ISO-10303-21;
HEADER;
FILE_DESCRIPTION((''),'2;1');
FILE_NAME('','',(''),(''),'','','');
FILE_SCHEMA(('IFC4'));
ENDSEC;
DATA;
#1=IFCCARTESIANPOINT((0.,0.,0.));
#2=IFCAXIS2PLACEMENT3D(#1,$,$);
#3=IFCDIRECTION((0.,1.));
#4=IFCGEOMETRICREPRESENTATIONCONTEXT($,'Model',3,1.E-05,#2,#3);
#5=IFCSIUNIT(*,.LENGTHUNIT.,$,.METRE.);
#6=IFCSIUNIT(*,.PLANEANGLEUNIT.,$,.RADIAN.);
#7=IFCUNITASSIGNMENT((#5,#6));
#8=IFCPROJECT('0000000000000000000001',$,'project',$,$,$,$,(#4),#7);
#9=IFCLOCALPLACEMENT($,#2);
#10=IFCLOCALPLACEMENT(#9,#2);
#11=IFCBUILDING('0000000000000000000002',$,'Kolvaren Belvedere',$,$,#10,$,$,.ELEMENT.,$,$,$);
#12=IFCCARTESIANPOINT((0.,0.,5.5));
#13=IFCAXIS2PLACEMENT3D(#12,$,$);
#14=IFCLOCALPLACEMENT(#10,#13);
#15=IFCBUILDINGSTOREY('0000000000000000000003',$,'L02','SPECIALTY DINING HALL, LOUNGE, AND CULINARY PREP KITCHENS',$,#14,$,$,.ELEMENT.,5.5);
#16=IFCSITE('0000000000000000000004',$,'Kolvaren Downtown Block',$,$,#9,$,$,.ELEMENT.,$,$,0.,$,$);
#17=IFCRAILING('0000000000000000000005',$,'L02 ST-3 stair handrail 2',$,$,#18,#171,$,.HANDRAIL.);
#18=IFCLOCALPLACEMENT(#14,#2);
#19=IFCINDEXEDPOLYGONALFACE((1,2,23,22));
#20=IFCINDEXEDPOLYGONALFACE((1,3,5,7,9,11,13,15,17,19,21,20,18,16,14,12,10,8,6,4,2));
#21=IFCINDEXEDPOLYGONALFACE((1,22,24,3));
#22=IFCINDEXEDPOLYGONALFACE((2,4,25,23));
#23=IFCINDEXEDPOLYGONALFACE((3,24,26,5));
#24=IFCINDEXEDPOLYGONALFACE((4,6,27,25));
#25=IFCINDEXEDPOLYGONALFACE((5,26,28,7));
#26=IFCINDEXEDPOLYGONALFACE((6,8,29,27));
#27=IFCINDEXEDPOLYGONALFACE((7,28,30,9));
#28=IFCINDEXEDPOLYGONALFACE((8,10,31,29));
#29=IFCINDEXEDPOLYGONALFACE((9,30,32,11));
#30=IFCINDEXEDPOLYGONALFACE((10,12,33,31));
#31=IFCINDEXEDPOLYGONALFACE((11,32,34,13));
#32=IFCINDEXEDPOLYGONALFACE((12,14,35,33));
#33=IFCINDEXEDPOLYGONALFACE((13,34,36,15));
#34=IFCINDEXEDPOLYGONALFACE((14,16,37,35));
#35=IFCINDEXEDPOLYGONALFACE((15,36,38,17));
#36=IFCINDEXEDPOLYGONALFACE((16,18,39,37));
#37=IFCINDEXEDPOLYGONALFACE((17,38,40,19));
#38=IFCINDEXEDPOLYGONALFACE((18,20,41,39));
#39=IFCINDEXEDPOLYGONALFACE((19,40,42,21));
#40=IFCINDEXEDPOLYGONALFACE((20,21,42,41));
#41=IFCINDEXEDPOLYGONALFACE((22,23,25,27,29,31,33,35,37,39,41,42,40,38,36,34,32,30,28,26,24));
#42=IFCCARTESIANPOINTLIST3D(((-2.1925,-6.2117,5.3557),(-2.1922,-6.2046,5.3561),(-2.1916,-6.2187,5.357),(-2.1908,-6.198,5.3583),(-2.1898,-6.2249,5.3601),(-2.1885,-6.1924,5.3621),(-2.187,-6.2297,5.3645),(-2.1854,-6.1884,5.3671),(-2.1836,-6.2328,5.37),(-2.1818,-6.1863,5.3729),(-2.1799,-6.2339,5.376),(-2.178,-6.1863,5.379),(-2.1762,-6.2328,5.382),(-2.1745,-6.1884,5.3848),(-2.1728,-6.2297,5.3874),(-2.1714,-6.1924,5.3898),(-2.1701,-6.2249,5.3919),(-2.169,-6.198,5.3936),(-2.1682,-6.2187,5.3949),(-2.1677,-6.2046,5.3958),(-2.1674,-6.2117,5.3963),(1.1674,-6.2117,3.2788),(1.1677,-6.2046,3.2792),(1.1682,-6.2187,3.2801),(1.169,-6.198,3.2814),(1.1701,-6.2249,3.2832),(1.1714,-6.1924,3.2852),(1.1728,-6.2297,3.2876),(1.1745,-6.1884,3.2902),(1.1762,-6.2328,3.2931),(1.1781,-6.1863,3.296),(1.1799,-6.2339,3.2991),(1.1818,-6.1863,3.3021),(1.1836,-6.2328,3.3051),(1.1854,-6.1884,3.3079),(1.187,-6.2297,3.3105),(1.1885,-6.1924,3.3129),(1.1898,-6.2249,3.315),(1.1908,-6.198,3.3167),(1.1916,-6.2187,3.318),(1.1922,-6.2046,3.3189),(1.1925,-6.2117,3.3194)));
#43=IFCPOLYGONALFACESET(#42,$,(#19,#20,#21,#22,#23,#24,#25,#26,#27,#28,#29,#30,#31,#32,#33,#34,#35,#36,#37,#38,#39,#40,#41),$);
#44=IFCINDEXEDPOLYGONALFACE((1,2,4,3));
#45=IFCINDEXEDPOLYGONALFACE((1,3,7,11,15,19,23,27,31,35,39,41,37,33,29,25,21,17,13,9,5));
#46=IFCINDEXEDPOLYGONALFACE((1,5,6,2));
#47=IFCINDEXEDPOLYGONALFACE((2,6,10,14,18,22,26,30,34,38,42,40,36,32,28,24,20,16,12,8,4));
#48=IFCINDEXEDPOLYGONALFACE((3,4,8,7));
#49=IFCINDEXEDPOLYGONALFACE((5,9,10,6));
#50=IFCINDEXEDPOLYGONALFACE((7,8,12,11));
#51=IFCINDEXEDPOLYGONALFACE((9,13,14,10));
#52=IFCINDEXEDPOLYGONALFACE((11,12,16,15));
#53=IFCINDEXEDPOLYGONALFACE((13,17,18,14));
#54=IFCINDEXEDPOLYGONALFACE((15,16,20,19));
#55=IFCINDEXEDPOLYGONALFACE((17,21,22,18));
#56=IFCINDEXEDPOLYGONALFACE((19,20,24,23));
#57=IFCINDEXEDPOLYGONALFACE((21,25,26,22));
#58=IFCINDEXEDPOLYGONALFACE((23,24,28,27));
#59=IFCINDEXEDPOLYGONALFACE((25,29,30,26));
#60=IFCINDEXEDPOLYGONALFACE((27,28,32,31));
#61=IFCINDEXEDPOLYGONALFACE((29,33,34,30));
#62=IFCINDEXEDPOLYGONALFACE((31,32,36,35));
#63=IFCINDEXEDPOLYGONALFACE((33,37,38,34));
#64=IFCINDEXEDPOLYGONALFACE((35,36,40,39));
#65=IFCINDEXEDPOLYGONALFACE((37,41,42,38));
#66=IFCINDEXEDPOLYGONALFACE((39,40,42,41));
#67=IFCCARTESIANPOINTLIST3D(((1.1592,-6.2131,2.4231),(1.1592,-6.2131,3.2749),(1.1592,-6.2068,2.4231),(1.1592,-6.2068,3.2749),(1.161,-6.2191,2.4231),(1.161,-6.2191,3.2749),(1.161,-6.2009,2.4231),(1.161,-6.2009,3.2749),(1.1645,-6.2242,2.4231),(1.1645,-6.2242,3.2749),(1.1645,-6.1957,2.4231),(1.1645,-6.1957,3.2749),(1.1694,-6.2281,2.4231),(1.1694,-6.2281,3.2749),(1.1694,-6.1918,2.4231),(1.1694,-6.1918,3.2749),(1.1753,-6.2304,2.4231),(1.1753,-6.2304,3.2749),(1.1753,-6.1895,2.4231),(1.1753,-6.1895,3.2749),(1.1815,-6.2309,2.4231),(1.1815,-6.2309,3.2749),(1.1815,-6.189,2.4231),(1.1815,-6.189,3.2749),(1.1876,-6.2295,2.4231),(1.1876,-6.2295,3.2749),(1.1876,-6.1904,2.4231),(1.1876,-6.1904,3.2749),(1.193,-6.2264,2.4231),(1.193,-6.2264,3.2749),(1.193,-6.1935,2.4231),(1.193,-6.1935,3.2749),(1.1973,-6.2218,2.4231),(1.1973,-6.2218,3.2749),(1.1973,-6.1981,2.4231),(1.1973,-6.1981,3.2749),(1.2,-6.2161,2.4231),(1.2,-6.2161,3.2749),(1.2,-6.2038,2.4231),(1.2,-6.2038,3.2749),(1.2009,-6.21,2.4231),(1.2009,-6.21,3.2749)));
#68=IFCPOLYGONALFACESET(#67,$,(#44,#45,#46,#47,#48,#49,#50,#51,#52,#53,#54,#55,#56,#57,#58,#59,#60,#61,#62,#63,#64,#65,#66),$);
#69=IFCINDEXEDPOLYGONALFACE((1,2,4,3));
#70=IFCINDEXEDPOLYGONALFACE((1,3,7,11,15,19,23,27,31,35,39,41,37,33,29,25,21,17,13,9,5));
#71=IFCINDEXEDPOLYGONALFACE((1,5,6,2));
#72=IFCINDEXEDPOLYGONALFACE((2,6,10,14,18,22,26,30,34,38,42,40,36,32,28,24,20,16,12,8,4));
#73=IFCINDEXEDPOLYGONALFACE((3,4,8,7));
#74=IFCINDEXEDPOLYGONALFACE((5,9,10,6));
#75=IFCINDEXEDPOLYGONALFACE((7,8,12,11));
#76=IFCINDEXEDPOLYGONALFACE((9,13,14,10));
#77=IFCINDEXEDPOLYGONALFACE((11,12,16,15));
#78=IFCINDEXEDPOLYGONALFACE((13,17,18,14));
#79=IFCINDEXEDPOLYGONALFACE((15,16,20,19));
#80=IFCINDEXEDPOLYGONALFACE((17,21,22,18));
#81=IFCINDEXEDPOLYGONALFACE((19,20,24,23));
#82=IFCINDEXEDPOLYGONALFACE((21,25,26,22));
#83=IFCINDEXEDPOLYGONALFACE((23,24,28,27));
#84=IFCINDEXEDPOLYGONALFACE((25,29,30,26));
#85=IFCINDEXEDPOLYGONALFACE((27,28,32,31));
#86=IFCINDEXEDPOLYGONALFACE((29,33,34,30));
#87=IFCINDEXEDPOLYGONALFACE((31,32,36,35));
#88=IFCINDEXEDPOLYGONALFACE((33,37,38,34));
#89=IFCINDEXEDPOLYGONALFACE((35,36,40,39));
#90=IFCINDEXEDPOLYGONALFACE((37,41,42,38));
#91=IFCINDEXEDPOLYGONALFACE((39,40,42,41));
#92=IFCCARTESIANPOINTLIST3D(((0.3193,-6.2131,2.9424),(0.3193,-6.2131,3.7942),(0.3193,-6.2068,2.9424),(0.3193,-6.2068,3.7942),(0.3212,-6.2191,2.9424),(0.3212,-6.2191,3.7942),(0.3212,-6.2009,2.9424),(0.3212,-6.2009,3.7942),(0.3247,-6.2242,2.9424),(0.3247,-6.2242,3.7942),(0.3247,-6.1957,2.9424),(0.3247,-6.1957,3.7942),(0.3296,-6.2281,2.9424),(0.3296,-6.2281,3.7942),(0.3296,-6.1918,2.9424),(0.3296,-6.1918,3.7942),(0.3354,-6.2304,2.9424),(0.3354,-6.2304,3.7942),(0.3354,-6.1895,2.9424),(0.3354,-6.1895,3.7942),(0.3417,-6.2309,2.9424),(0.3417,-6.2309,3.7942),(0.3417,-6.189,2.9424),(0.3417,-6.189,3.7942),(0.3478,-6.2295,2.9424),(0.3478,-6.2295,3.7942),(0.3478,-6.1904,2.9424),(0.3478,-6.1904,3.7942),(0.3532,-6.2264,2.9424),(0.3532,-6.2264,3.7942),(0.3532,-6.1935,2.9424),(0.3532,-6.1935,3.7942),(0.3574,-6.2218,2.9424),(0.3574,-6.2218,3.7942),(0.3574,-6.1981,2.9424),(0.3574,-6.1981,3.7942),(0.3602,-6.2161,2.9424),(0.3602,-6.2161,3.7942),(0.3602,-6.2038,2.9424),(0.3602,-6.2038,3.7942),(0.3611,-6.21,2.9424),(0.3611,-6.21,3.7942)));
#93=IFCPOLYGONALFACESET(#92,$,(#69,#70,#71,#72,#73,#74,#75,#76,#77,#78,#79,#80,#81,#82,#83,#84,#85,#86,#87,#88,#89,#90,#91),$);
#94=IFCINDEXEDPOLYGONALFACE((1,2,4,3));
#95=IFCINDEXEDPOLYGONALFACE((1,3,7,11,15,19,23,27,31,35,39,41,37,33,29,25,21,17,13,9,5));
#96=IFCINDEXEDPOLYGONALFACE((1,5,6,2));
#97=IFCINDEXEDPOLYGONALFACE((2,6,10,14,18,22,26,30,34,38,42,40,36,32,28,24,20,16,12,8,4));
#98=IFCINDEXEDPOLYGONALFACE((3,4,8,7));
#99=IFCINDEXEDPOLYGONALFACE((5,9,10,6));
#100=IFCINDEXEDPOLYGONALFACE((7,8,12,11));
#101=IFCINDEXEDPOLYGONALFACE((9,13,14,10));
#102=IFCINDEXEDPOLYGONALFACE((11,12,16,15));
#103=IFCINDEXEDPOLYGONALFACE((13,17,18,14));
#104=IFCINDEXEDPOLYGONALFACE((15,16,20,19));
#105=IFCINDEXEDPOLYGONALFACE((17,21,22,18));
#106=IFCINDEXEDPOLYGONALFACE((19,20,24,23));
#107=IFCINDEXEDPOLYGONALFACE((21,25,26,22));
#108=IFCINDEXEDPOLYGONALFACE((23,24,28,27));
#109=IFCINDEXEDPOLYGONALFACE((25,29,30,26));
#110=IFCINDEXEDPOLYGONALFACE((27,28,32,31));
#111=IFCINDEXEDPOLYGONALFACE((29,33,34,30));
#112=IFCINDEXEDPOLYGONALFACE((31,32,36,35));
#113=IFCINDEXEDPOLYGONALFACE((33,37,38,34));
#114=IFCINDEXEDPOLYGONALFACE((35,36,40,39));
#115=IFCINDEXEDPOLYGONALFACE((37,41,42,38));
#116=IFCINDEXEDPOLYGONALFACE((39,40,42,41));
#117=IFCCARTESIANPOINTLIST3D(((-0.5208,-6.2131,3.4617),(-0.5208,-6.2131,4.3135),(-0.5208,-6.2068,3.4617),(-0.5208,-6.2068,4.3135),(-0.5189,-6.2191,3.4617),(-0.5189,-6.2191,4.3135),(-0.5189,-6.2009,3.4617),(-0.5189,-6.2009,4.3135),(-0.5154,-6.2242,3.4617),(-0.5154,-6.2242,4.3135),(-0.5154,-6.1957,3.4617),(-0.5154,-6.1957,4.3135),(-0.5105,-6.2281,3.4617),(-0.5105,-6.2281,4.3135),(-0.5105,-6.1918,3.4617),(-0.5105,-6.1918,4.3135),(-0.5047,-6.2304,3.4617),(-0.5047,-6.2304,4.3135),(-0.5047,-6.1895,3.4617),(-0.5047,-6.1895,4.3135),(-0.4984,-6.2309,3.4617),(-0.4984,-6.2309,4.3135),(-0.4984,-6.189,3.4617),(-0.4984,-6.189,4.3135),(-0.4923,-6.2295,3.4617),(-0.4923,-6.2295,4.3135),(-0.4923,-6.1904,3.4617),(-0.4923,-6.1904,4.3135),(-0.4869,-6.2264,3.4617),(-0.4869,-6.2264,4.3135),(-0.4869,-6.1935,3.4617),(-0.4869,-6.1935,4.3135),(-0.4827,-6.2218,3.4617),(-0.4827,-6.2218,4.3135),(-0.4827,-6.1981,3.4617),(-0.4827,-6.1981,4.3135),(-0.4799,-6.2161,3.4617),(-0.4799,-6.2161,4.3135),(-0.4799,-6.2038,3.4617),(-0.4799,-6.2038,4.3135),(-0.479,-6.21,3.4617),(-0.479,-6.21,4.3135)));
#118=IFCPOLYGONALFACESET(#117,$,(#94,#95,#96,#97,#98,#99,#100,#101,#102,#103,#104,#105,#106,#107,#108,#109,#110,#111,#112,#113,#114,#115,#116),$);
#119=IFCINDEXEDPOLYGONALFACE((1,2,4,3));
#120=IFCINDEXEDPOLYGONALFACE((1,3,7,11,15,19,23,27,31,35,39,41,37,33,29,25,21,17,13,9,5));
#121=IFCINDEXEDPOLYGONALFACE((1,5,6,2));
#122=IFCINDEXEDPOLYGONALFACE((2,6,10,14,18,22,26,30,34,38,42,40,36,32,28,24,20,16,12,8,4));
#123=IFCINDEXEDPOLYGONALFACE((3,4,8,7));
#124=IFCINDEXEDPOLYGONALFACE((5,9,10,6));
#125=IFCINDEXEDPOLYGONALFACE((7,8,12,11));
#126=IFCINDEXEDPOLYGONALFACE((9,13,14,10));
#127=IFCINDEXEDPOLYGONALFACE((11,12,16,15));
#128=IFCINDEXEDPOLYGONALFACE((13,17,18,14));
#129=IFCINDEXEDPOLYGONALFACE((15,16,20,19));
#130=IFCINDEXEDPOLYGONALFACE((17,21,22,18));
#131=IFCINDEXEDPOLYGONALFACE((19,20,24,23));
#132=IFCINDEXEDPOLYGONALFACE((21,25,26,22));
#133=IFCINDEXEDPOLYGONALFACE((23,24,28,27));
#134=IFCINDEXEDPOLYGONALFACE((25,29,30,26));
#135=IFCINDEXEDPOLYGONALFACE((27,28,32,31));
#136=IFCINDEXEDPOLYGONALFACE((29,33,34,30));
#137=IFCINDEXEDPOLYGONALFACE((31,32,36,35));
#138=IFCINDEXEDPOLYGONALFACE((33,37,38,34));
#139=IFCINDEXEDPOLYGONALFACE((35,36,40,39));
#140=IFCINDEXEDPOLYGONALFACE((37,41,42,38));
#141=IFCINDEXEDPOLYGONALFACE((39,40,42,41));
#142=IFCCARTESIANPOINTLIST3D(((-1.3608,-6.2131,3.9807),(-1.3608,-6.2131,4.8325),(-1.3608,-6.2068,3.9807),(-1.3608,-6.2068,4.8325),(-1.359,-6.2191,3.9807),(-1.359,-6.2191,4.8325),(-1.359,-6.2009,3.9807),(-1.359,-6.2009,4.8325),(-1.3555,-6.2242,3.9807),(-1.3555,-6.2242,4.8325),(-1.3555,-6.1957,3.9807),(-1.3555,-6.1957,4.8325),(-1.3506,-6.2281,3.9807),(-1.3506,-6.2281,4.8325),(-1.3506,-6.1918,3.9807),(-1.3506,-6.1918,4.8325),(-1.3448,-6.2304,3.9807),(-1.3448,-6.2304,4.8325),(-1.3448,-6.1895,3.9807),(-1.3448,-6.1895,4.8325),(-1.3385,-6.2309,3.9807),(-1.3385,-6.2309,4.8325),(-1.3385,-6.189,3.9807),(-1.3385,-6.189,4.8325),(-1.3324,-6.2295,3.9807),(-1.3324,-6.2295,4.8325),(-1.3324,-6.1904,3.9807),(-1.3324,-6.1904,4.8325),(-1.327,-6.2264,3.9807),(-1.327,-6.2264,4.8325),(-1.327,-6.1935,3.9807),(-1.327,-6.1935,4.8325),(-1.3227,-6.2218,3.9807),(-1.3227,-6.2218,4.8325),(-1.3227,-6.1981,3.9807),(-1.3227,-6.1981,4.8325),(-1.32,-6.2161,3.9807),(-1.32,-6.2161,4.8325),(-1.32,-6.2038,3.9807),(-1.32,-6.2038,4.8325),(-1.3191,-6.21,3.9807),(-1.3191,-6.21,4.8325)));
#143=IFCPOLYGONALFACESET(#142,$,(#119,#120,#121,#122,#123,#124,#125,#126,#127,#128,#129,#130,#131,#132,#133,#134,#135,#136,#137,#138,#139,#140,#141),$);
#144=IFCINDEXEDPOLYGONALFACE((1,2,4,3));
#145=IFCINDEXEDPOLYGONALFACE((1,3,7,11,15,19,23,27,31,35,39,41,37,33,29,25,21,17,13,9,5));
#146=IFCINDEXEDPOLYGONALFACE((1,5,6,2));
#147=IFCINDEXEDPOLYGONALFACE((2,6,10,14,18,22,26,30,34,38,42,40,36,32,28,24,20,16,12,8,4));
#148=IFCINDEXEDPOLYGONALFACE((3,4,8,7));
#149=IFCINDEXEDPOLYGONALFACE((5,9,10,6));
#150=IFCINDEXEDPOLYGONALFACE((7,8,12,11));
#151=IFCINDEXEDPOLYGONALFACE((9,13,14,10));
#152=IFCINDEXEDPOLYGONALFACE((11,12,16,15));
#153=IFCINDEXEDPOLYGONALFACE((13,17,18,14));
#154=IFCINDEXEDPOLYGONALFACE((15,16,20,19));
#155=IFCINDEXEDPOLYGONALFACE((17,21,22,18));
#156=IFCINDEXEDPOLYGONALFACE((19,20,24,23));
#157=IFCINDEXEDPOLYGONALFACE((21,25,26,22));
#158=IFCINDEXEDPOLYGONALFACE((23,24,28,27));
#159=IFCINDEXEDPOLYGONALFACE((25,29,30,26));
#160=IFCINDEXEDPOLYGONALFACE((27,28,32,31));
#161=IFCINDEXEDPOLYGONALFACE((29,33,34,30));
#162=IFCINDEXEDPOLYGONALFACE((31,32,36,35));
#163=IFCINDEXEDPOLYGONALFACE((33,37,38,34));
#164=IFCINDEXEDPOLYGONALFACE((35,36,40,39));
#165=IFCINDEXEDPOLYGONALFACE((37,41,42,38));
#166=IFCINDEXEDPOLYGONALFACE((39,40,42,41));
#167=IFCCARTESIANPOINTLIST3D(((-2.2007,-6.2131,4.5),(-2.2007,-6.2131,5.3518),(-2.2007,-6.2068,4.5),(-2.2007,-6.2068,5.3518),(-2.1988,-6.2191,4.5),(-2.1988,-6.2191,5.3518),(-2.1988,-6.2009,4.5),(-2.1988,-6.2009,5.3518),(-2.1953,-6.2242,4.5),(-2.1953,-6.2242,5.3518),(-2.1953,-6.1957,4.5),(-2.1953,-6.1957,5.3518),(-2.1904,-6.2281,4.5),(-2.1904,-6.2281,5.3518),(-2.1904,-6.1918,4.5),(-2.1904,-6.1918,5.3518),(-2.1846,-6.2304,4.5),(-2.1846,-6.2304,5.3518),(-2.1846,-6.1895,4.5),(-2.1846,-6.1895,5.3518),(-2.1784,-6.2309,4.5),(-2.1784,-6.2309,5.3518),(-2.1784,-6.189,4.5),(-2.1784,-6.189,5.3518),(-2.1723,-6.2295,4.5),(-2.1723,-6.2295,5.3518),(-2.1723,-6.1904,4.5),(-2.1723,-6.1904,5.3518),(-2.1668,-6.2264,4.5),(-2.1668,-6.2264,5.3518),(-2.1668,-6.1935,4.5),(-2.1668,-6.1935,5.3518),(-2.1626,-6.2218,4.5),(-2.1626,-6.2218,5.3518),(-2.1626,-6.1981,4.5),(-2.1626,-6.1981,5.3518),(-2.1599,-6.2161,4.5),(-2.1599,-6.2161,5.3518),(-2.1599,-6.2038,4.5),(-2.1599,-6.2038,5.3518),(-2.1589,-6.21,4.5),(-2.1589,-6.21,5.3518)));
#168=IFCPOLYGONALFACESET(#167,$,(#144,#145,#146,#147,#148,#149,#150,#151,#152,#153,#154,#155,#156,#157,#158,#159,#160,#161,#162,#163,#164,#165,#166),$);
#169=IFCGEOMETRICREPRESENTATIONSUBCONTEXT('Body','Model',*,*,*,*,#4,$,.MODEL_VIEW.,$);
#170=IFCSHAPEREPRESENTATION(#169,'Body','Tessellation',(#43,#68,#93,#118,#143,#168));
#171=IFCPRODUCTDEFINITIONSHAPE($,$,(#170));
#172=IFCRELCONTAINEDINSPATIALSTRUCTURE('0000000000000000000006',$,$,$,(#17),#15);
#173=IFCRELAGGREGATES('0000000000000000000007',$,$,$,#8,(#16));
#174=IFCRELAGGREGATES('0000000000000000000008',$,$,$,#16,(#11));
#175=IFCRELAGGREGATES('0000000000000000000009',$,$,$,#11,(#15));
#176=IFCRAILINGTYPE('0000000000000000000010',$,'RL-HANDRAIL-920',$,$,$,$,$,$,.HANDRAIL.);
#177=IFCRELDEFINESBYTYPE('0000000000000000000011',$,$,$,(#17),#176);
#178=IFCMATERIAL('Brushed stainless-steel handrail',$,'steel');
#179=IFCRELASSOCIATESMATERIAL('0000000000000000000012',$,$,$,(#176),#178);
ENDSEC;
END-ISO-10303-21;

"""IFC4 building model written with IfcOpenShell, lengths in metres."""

from ifc_helpers import new_model, si_unit, direction, frame, origin, origin_2d, place, context, subcontext, project, spatial, circle, extrude, material, type_object, element, save


model = new_model("IFC4")

# Units and contexts
model_context = context("Model", 3, precision=1e-05, world=origin(), true_north=direction((0.0, 1.0)))
body_context = subcontext(model_context, "Body", "Model", "MODEL_VIEW")
ifc_project = project(units=[si_unit("LENGTHUNIT", "METRE"), si_unit("PLANEANGLEUNIT", "RADIAN")], contexts=[model_context])

# Site, building, storey
site_placement = place(None, origin())
site = spatial("IfcSite", under=ifc_project, at=site_placement, Name="Kolvaren Downtown Block", CompositionType="ELEMENT", RefElevation=0.0)
building_placement = place(site_placement, origin())
building = spatial("IfcBuilding", under=site, at=building_placement, Name="Kolvaren Belvedere", CompositionType="ELEMENT")
storey_placement = place(building_placement, frame((0.0, 0.0, 5.5)))
storey = spatial("IfcBuildingStorey", under=building, at=storey_placement, Name="L02", Description="SPECIALTY DINING HALL, LOUNGE, AND CULINARY PREP KITCHENS", CompositionType="ELEMENT", Elevation=5.5)

# Railing
ifc_material_1 = material(Name="Brushed stainless-steel handrail", Category="steel")
railing_type_1 = type_object("IfcRailingType", Name="RL-HANDRAIL-920", PredefinedType="HANDRAIL", material=ifc_material_1)
railing_1_placement = place(storey_placement, frame((1.1799, -6.21, 2.4231)))
element("IfcRailing", 1, at=railing_1_placement, inside=storey, type_object=railing_type_1, Name="L02 ST-3 stair handrail 2", PredefinedType="HANDRAIL", context=body_context, shape_type="SweptSolid", body=[
    extrude(circle(Radius=0.0239, at=origin_2d()), frame((0.0, 0.0, 0.876), z_axis=(-0.850606, 0.0, 0.525803), x_axis=(0.0, -1.0, 0.0)), (0.0, 0.0, 1.0), 3.95),
    extrude(circle(Radius=0.021, at=origin_2d()), origin(), (0.0, 0.0, 1.0), 0.8518),
    extrude(circle(Radius=0.021, at=origin_2d()), frame((-0.8398, 0.0, 0.5193)), (0.0, 0.0, 1.0), 0.8518),
    extrude(circle(Radius=0.021, at=origin_2d()), frame((-1.6799, 0.0, 1.0386)), (0.0, 0.0, 1.0), 0.8518),
    extrude(circle(Radius=0.021, at=origin_2d()), frame((-2.52, 0.0, 1.5576)), (0.0, 0.0, 1.0), 0.8518),
    extrude(circle(Radius=0.021, at=origin_2d()), frame((-3.3599, 0.0, 2.0769)), (0.0, 0.0, 1.0), 0.8518),
])

save(model, "model.ifc")
